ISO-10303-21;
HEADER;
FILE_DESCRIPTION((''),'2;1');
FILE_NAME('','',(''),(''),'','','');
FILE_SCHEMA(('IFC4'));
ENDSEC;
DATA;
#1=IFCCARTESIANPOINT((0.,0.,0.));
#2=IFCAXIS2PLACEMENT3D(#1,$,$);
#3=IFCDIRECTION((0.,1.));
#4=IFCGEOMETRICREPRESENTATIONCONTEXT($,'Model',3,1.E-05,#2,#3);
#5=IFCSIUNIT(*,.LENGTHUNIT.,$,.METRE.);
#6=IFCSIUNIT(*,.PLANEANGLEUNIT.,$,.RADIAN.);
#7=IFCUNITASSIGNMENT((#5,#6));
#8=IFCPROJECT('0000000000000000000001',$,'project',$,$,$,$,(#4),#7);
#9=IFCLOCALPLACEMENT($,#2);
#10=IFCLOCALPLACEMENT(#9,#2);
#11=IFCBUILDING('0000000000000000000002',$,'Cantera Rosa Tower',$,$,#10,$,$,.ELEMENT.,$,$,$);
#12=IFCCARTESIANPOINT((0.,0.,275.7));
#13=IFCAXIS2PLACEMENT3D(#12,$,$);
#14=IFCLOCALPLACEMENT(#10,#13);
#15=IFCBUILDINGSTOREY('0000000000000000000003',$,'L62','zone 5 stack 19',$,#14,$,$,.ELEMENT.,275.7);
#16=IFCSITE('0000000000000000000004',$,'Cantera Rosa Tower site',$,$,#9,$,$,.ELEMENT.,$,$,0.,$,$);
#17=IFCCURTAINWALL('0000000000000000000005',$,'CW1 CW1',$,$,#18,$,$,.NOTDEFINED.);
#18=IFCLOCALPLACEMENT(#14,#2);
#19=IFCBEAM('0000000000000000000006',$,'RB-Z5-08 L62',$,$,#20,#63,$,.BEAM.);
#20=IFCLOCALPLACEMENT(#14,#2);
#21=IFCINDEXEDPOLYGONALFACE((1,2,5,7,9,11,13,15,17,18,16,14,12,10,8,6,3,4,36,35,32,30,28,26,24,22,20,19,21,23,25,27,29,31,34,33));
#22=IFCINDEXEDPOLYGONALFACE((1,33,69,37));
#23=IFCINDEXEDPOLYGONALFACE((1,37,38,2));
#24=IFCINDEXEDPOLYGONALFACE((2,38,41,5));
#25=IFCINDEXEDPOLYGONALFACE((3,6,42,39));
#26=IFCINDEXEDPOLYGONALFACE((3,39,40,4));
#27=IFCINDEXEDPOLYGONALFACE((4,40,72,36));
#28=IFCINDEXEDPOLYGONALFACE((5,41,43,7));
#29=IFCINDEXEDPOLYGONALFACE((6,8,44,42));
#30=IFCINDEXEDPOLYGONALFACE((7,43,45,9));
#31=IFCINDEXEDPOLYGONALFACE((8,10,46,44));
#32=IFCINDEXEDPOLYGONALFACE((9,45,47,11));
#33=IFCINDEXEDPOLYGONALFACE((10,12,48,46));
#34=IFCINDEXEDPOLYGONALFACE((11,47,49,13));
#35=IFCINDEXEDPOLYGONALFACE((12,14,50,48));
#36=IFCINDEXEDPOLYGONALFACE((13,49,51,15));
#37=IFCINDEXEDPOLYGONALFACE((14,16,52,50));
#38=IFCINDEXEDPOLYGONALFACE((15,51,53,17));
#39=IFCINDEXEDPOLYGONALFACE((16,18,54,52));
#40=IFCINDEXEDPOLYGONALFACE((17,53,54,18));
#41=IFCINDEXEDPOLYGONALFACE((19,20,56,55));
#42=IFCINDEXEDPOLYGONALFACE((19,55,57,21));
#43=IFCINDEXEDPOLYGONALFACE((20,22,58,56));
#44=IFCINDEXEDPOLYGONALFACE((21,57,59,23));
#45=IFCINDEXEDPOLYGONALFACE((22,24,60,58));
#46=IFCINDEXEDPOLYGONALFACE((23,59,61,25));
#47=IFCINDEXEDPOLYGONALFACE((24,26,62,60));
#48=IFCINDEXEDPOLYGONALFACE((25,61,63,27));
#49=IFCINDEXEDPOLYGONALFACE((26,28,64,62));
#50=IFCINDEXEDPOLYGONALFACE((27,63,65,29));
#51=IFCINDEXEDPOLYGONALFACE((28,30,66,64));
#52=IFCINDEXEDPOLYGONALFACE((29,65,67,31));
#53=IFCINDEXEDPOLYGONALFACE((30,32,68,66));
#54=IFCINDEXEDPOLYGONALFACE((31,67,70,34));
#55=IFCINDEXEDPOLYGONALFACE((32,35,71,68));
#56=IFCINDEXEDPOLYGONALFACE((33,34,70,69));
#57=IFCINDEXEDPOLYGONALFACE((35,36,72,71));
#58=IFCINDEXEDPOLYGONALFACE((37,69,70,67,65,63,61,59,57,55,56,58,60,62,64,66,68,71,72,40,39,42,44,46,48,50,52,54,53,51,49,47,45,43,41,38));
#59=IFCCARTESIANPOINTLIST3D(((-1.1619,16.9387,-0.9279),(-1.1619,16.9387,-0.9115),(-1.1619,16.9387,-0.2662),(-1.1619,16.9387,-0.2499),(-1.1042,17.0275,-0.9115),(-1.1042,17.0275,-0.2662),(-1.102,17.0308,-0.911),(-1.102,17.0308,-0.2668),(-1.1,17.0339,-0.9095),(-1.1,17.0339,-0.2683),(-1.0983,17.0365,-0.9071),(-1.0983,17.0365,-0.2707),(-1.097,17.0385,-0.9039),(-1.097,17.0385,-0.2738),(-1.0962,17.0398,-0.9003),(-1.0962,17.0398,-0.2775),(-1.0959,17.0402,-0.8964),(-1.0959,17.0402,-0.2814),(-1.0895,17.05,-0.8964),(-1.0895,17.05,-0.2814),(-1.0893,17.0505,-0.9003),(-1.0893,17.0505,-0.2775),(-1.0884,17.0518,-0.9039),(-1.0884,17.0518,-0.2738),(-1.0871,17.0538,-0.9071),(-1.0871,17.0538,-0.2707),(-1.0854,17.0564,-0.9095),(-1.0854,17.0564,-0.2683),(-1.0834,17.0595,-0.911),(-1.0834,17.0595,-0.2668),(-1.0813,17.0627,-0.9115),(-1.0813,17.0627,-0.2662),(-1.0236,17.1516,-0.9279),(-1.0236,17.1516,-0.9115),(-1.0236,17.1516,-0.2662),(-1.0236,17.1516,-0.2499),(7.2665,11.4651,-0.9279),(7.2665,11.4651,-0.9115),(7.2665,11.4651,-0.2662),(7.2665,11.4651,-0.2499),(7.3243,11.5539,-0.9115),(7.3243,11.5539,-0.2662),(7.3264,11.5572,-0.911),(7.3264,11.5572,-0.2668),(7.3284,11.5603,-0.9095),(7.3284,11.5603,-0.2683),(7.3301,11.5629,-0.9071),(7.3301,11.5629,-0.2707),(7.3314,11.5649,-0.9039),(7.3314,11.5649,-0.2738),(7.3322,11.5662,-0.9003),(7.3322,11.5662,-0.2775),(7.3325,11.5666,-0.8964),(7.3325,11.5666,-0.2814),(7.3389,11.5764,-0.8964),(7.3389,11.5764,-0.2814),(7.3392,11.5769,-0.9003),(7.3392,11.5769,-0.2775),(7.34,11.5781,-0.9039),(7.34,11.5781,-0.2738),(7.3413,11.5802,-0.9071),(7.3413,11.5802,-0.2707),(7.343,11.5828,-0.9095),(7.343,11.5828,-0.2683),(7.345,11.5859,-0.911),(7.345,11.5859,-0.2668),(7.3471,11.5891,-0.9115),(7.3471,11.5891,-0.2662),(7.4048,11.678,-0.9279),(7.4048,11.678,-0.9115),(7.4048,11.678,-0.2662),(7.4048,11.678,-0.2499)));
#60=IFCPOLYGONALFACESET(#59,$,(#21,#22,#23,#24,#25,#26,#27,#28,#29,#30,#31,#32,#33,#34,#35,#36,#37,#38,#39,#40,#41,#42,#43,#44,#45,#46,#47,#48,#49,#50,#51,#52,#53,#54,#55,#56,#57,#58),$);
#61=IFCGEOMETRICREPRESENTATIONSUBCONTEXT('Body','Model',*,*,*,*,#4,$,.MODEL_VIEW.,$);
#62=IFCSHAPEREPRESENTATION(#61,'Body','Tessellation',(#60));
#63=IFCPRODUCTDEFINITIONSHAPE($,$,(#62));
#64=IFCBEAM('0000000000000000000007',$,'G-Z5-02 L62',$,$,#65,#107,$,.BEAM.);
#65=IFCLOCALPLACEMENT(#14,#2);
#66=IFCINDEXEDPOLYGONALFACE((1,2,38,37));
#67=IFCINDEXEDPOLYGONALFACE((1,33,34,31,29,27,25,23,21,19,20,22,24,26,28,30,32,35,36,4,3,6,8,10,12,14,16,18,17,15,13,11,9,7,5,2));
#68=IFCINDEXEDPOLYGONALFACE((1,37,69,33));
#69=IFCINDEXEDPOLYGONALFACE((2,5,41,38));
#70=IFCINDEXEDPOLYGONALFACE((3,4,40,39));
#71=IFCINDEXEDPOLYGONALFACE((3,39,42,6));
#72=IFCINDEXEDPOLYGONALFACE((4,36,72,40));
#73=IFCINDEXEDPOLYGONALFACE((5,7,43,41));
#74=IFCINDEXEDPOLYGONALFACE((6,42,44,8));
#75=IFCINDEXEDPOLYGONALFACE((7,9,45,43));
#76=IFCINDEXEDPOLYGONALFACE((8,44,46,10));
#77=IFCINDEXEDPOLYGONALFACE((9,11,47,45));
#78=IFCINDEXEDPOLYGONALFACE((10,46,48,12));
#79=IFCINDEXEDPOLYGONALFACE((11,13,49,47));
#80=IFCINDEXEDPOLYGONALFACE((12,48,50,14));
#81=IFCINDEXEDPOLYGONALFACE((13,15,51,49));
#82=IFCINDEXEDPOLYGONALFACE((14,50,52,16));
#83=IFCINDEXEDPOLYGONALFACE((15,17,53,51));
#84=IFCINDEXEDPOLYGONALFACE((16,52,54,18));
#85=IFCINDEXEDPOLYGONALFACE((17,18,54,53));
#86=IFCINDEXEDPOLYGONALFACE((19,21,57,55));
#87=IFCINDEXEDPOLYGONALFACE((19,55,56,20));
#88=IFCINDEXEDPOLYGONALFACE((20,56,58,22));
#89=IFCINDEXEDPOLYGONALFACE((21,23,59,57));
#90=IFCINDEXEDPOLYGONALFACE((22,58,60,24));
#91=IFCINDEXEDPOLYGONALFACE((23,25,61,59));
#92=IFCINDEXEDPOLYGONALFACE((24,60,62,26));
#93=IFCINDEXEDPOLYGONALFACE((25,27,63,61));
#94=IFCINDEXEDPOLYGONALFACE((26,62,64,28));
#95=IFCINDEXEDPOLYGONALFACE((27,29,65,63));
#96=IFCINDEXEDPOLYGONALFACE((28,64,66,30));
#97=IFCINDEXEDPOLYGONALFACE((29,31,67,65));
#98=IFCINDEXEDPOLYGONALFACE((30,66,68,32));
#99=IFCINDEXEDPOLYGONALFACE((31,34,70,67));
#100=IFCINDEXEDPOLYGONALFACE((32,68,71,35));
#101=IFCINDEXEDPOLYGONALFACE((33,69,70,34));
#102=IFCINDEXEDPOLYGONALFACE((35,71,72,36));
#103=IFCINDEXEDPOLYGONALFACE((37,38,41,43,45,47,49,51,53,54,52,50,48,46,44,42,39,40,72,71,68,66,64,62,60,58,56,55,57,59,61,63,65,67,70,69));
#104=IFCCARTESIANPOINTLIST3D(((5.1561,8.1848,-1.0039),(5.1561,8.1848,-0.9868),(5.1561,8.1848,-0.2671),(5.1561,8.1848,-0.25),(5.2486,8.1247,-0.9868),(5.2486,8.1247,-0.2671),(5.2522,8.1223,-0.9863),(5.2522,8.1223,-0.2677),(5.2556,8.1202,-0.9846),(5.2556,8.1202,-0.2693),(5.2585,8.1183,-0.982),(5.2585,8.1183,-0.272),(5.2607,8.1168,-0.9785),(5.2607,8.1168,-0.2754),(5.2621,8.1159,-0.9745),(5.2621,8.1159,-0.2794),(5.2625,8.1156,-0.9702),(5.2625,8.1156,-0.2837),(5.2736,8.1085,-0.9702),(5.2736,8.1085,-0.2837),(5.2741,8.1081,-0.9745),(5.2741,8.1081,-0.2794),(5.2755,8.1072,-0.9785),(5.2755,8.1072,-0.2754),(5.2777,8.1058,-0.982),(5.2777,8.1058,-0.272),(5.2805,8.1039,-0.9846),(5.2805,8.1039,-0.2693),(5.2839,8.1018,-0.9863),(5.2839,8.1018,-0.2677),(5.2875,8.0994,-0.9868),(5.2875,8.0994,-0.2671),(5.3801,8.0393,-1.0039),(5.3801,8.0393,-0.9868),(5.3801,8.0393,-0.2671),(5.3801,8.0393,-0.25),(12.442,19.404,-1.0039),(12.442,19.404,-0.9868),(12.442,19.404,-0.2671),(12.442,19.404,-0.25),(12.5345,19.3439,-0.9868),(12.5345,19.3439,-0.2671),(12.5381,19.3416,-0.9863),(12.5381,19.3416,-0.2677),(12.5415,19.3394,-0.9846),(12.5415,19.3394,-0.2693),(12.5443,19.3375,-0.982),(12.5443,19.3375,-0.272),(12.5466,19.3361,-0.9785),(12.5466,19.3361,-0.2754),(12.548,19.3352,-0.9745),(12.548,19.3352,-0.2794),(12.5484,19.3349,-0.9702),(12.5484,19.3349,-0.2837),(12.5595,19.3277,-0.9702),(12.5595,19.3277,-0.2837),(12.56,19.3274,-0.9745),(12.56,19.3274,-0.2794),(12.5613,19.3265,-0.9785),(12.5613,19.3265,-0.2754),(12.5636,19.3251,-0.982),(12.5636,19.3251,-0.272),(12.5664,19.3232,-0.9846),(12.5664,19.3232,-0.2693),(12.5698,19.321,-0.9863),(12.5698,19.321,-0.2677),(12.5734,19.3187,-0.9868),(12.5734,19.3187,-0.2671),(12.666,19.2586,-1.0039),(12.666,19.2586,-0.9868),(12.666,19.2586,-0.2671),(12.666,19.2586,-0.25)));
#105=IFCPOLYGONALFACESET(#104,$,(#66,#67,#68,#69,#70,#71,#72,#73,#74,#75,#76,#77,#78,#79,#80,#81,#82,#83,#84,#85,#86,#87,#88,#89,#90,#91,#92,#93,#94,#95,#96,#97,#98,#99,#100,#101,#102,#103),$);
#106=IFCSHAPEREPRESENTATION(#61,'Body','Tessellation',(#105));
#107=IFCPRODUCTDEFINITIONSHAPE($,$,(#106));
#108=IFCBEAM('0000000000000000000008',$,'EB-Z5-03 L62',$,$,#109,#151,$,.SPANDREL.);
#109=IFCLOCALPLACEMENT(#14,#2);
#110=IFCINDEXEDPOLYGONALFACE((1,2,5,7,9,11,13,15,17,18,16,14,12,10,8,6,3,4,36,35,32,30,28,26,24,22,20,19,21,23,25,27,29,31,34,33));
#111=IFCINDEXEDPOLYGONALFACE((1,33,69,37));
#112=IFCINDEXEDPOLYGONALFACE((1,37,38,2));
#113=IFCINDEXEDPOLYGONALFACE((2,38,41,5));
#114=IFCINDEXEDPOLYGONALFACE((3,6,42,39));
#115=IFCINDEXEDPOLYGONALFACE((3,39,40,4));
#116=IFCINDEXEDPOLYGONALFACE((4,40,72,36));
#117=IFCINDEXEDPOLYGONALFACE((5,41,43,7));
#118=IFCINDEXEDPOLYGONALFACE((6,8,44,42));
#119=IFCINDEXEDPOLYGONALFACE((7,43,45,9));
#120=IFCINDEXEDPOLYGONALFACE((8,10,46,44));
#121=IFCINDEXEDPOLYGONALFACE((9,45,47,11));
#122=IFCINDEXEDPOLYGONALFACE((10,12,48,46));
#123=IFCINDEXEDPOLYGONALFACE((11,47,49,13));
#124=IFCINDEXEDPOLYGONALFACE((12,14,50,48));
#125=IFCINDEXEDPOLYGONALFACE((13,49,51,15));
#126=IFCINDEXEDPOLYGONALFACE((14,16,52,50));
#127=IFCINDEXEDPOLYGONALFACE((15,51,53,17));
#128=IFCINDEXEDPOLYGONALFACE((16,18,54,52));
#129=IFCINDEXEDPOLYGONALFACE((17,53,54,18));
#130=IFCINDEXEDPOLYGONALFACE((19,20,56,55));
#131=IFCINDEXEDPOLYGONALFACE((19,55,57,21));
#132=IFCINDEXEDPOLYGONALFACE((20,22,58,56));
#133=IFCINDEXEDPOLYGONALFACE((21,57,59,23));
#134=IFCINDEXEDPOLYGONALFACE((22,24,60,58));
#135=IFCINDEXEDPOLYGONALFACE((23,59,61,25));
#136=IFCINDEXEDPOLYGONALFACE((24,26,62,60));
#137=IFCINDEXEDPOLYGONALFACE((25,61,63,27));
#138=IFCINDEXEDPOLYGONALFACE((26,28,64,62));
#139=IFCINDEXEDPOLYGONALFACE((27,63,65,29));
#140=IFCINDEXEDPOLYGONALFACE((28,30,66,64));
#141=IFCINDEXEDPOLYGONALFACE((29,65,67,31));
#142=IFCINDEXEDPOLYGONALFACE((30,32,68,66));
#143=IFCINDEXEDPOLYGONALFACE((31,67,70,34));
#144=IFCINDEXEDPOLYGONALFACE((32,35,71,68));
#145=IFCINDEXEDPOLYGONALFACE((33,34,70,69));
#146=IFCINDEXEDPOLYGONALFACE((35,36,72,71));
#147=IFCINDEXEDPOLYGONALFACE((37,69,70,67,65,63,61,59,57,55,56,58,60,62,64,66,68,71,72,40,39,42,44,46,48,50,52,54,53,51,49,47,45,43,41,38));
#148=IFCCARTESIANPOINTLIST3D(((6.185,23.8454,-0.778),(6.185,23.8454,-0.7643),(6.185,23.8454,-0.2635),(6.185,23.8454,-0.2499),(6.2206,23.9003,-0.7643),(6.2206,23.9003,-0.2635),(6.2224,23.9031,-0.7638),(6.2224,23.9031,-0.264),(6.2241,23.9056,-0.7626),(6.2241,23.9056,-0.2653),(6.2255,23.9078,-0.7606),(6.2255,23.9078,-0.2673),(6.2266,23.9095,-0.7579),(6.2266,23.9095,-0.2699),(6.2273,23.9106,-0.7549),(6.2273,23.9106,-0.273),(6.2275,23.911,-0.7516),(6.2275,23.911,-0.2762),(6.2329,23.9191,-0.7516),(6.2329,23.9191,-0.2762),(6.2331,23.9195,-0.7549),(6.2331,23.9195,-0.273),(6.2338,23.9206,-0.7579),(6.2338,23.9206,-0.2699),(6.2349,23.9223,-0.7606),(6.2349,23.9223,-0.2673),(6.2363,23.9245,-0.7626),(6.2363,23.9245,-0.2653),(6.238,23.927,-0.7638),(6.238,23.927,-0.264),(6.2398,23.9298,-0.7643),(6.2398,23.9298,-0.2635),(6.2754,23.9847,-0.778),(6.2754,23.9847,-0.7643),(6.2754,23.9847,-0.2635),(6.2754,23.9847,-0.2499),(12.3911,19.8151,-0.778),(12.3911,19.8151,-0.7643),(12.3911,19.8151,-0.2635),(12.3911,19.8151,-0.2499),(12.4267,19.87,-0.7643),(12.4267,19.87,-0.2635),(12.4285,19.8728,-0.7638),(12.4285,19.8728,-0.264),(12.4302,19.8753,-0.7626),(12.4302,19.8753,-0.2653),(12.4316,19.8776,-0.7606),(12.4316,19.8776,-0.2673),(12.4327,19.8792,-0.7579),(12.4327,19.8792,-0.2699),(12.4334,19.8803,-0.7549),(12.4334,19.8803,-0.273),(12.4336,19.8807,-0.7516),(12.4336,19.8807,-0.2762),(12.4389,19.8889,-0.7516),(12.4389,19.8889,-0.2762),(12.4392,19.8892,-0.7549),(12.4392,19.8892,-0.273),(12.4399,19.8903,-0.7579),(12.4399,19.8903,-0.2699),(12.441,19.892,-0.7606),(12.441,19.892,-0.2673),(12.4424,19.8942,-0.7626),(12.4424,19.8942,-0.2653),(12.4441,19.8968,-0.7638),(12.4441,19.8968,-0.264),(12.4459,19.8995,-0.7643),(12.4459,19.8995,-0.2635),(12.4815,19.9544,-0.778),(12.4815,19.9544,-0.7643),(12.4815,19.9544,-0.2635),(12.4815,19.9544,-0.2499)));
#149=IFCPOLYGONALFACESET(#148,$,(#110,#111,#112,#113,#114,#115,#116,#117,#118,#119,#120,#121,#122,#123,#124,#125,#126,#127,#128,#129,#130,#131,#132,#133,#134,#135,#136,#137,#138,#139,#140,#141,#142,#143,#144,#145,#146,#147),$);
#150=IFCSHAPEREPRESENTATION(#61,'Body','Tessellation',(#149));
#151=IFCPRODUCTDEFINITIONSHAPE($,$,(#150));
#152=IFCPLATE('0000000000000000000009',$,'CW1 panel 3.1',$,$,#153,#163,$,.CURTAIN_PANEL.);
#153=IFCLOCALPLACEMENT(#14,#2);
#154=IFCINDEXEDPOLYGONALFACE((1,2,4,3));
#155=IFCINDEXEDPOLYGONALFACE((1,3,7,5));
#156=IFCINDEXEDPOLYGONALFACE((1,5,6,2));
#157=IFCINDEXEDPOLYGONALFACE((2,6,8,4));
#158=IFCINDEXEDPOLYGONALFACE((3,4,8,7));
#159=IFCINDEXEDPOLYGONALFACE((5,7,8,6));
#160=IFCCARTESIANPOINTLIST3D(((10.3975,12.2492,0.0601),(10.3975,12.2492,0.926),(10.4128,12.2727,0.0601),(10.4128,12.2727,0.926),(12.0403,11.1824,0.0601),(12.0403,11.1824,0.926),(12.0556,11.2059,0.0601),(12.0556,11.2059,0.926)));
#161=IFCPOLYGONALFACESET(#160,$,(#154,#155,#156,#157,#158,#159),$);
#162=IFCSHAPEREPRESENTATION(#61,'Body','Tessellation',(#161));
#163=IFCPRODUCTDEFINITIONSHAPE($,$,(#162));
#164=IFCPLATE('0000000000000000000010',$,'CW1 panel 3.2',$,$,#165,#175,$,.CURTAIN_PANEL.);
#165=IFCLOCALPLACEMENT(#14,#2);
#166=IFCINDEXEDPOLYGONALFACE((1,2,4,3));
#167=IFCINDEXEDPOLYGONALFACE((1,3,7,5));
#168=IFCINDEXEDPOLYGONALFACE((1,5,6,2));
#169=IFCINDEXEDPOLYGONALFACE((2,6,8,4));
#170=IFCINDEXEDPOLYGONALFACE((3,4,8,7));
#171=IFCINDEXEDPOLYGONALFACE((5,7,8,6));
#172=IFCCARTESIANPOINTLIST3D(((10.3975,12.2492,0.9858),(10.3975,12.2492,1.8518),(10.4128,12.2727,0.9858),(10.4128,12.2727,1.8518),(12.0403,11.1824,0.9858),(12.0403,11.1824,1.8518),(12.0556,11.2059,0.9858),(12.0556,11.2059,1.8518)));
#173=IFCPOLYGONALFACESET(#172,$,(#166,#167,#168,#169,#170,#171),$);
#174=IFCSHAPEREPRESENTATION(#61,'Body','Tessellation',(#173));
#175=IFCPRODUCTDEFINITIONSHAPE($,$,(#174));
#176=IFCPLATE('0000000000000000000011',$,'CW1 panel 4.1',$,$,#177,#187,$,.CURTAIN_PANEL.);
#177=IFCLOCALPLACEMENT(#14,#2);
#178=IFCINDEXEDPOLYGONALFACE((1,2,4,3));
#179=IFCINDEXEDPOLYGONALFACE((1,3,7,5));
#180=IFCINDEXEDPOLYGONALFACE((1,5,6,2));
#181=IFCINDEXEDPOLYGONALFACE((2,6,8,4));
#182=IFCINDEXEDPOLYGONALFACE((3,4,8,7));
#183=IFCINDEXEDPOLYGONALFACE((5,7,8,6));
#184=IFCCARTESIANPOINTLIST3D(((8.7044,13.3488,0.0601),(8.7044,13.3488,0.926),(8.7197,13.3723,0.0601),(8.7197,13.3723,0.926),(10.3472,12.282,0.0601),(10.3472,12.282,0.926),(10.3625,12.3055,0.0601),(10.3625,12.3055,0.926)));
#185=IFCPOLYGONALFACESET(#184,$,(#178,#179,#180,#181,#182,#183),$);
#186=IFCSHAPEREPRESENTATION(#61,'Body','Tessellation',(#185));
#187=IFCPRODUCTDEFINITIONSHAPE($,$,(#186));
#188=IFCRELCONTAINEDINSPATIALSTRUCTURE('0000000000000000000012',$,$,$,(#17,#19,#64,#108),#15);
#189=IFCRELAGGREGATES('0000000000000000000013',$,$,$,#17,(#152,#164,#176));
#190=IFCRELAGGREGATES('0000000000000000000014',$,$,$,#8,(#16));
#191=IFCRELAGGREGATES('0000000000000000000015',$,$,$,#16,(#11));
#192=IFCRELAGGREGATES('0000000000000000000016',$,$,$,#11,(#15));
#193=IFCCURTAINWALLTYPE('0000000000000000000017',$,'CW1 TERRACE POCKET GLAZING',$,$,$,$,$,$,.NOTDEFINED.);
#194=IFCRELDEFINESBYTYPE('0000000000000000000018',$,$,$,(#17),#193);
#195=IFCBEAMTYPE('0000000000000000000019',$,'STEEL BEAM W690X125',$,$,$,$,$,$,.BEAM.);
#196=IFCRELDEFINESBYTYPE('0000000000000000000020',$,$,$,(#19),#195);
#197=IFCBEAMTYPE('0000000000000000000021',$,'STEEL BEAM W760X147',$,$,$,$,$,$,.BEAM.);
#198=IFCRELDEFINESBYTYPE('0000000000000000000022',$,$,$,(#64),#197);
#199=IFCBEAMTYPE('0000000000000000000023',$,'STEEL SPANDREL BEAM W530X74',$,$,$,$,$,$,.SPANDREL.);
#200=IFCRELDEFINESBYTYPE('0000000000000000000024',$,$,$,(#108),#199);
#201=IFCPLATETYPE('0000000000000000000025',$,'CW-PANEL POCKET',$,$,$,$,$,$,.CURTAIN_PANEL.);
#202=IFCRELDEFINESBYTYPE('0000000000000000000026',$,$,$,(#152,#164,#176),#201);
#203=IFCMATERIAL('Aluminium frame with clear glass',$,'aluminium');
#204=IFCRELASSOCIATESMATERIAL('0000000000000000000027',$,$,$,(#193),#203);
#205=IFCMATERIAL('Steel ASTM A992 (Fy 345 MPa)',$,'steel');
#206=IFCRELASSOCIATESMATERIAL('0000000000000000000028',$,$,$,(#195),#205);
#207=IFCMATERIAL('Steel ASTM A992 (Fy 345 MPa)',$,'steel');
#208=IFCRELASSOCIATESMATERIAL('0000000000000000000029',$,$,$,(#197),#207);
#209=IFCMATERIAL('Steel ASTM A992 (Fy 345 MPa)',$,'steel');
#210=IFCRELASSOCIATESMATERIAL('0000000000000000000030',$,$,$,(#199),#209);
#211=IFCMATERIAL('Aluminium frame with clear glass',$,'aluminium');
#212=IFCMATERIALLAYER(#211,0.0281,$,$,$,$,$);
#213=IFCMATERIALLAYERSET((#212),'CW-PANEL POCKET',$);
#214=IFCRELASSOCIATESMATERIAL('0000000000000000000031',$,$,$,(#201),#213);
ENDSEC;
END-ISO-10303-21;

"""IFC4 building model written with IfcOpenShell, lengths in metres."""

from ifc_helpers import new_model, si_unit, direction, frame, origin, origin_2d, place, context, subcontext, project, spatial, rectangle, i_section, extrude, material, layer, layer_set, material_profile, profile_set, type_object, element, aggregate, save


model = new_model("IFC4")

# Units and contexts
model_context = context("Model", 3, precision=1e-05, world=origin(), true_north=direction((0.0, 1.0)))
body_context = subcontext(model_context, "Body", "Model", "MODEL_VIEW")
ifc_project = project(units=[si_unit("LENGTHUNIT", "METRE"), si_unit("PLANEANGLEUNIT", "RADIAN")], contexts=[model_context])

# Site, building, storey
site_placement = place(None, origin())
site = spatial("IfcSite", under=ifc_project, at=site_placement, Name="Cantera Rosa Tower site", CompositionType="ELEMENT", RefElevation=0.0)
building_placement = place(site_placement, origin())
building = spatial("IfcBuilding", under=site, at=building_placement, Name="Cantera Rosa Tower", CompositionType="ELEMENT")
storey_placement = place(building_placement, frame((0.0, 0.0, 275.7)))
storey = spatial("IfcBuildingStorey", under=building, at=storey_placement, Name="L62", Description="zone 5 stack 19", CompositionType="ELEMENT", Elevation=275.7)

# Curtain wall
ifc_material_1 = material(Name="Aluminium frame with clear glass", Category="aluminium")
curtain_wall_type = type_object("IfcCurtainWallType", Name="CW1 TERRACE POCKET GLAZING", PredefinedType="NOTDEFINED", material=ifc_material_1)
curtain_wall_placement = place(storey_placement, origin())
curtain_wall = element("IfcCurtainWall", 1, at=curtain_wall_placement, inside=storey, type_object=curtain_wall_type, Name="CW1 CW1", PredefinedType="NOTDEFINED")

# Beams
ifc_material_2 = material(Name="Steel ASTM A992 (Fy 345 MPa)", Category="steel")
ifc_material_profile_1 = material_profile(ifc_material_2, i_section(OverallWidth=0.2539, OverallDepth=0.678, WebThickness=0.0117, FlangeThickness=0.0164, FilletRadius=0.0151, at=origin_2d()), Name="W690X125")
ifc_profile_set_1 = profile_set([ifc_material_profile_1], Name="Steel ASTM A992 (Fy 345 MPa)")
beam_type_1 = type_object("IfcBeamType", Name="STEEL BEAM W690X125", PredefinedType="BEAM", material=ifc_profile_set_1)
beam_1_placement = place(storey_placement, frame((7.3357, 11.5715, -0.5889), z_axis=(-0.838665, 0.544648, 0.0), x_axis=(-0.544648, -0.838665, 0.0)))
element("IfcBeam", 2, at=beam_1_placement, inside=storey, type_object=beam_type_1, Name="RB-Z5-08 L62", PredefinedType="BEAM", context=body_context, shape_type="SweptSolid", body=[
    extrude(i_section(OverallWidth=0.2539, OverallDepth=0.678, WebThickness=0.0117, FlangeThickness=0.0164, FilletRadius=0.0151, at=origin_2d()), origin(), (0.0, 0.0, 1.0), 10.0498),
])
ifc_material_3 = material(Name="Steel ASTM A992 (Fy 345 MPa)", Category="steel")
ifc_material_profile_2 = material_profile(ifc_material_3, i_section(OverallWidth=0.2671, OverallDepth=0.7539, WebThickness=0.0132, FlangeThickness=0.0171, FilletRadius=0.0166, at=origin_2d()), Name="W760X147")
ifc_profile_set_2 = profile_set([ifc_material_profile_2], Name="Steel ASTM A992 (Fy 345 MPa)")
beam_type_2 = type_object("IfcBeamType", Name="STEEL BEAM W760X147", PredefinedType="BEAM", material=ifc_profile_set_2)
beam_2_placement = place(storey_placement, frame((12.554, 19.3313, -0.627), z_axis=(-0.544641, -0.83867, 0.0), x_axis=(0.83867, -0.544641, 0.0)))
element("IfcBeam", 3, at=beam_2_placement, inside=storey, type_object=beam_type_2, Name="G-Z5-02 L62", PredefinedType="BEAM", context=body_context, shape_type="SweptSolid", body=[
    extrude(i_section(OverallWidth=0.2671, OverallDepth=0.7539, WebThickness=0.0132, FlangeThickness=0.0171, FilletRadius=0.0166, at=origin_2d()), origin(), (0.0, 0.0, 1.0), 13.3774),
])
ifc_material_4 = material(Name="Steel ASTM A992 (Fy 345 MPa)", Category="steel")
ifc_material_profile_3 = material_profile(ifc_material_4, i_section(OverallWidth=0.166, OverallDepth=0.5281, WebThickness=0.0098, FlangeThickness=0.0137, FilletRadius=0.0127, at=origin_2d()), Name="W530X74")
ifc_profile_set_3 = profile_set([ifc_material_profile_3], Name="Steel ASTM A992 (Fy 345 MPa)")
beam_type_3 = type_object("IfcBeamType", Name="STEEL SPANDREL BEAM W530X74", PredefinedType="SPANDREL", material=ifc_profile_set_3)
beam_3_placement = place(storey_placement, frame((12.4363, 19.8848, -0.5139), z_axis=(-0.83867, 0.54464, 0.0), x_axis=(-0.54464, -0.83867, 0.0)))
element("IfcBeam", 4, at=beam_3_placement, inside=storey, type_object=beam_type_3, Name="EB-Z5-03 L62", PredefinedType="SPANDREL", context=body_context, shape_type="SweptSolid", body=[
    extrude(i_section(OverallWidth=0.166, OverallDepth=0.5281, WebThickness=0.0098, FlangeThickness=0.0137, FilletRadius=0.0127, at=origin_2d()), origin(), (0.0, 0.0, 1.0), 7.3999),
])

# Plates
ifc_material_5 = material(Name="Aluminium frame with clear glass", Category="aluminium")
ifc_layer_1 = layer(ifc_material_5, 0.0281)
ifc_layer_set_1 = layer_set([ifc_layer_1], Name="CW-PANEL POCKET")
plate_type = type_object("IfcPlateType", Name="CW-PANEL POCKET", PredefinedType="CURTAIN_PANEL", material=ifc_layer_set_1)
plate_1_placement = place(storey_placement, frame((11.2266, 11.7275, 0.0601), z_axis=(0.0, 0.0, 1.0), x_axis=(-0.838671, 0.544639, 0.0)))
plate_1 = element("IfcPlate", 5, at=plate_1_placement, type_object=plate_type, Name="CW1 panel 3.1", PredefinedType="CURTAIN_PANEL", context=body_context, shape_type="SweptSolid", body=[
    extrude(rectangle(XDim=1.9587, YDim=0.0281, at=origin_2d()), origin(), (0.0, 0.0, 1.0), 0.866),
])
plate_2_placement = place(storey_placement, frame((11.2266, 11.7275, 0.9858), z_axis=(0.0, 0.0, 1.0), x_axis=(-0.838671, 0.544639, 0.0)))
plate_2 = element("IfcPlate", 6, at=plate_2_placement, type_object=plate_type, Name="CW1 panel 3.2", PredefinedType="CURTAIN_PANEL", context=body_context, shape_type="SweptSolid", body=[
    extrude(rectangle(XDim=1.9587, YDim=0.0281, at=origin_2d()), origin(), (0.0, 0.0, 1.0), 0.866),
])
plate_3_placement = place(storey_placement, frame((9.5334, 12.8271, 0.0601), z_axis=(0.0, 0.0, 1.0), x_axis=(-0.838671, 0.544639, 0.0)))
plate_3 = element("IfcPlate", 7, at=plate_3_placement, type_object=plate_type, Name="CW1 panel 4.1", PredefinedType="CURTAIN_PANEL", context=body_context, shape_type="SweptSolid", body=[
    extrude(rectangle(XDim=1.9587, YDim=0.0281, at=origin_2d()), origin(), (0.0, 0.0, 1.0), 0.866),
])
aggregate(curtain_wall, [plate_1, plate_2, plate_3])

save(model, "model.ifc")
